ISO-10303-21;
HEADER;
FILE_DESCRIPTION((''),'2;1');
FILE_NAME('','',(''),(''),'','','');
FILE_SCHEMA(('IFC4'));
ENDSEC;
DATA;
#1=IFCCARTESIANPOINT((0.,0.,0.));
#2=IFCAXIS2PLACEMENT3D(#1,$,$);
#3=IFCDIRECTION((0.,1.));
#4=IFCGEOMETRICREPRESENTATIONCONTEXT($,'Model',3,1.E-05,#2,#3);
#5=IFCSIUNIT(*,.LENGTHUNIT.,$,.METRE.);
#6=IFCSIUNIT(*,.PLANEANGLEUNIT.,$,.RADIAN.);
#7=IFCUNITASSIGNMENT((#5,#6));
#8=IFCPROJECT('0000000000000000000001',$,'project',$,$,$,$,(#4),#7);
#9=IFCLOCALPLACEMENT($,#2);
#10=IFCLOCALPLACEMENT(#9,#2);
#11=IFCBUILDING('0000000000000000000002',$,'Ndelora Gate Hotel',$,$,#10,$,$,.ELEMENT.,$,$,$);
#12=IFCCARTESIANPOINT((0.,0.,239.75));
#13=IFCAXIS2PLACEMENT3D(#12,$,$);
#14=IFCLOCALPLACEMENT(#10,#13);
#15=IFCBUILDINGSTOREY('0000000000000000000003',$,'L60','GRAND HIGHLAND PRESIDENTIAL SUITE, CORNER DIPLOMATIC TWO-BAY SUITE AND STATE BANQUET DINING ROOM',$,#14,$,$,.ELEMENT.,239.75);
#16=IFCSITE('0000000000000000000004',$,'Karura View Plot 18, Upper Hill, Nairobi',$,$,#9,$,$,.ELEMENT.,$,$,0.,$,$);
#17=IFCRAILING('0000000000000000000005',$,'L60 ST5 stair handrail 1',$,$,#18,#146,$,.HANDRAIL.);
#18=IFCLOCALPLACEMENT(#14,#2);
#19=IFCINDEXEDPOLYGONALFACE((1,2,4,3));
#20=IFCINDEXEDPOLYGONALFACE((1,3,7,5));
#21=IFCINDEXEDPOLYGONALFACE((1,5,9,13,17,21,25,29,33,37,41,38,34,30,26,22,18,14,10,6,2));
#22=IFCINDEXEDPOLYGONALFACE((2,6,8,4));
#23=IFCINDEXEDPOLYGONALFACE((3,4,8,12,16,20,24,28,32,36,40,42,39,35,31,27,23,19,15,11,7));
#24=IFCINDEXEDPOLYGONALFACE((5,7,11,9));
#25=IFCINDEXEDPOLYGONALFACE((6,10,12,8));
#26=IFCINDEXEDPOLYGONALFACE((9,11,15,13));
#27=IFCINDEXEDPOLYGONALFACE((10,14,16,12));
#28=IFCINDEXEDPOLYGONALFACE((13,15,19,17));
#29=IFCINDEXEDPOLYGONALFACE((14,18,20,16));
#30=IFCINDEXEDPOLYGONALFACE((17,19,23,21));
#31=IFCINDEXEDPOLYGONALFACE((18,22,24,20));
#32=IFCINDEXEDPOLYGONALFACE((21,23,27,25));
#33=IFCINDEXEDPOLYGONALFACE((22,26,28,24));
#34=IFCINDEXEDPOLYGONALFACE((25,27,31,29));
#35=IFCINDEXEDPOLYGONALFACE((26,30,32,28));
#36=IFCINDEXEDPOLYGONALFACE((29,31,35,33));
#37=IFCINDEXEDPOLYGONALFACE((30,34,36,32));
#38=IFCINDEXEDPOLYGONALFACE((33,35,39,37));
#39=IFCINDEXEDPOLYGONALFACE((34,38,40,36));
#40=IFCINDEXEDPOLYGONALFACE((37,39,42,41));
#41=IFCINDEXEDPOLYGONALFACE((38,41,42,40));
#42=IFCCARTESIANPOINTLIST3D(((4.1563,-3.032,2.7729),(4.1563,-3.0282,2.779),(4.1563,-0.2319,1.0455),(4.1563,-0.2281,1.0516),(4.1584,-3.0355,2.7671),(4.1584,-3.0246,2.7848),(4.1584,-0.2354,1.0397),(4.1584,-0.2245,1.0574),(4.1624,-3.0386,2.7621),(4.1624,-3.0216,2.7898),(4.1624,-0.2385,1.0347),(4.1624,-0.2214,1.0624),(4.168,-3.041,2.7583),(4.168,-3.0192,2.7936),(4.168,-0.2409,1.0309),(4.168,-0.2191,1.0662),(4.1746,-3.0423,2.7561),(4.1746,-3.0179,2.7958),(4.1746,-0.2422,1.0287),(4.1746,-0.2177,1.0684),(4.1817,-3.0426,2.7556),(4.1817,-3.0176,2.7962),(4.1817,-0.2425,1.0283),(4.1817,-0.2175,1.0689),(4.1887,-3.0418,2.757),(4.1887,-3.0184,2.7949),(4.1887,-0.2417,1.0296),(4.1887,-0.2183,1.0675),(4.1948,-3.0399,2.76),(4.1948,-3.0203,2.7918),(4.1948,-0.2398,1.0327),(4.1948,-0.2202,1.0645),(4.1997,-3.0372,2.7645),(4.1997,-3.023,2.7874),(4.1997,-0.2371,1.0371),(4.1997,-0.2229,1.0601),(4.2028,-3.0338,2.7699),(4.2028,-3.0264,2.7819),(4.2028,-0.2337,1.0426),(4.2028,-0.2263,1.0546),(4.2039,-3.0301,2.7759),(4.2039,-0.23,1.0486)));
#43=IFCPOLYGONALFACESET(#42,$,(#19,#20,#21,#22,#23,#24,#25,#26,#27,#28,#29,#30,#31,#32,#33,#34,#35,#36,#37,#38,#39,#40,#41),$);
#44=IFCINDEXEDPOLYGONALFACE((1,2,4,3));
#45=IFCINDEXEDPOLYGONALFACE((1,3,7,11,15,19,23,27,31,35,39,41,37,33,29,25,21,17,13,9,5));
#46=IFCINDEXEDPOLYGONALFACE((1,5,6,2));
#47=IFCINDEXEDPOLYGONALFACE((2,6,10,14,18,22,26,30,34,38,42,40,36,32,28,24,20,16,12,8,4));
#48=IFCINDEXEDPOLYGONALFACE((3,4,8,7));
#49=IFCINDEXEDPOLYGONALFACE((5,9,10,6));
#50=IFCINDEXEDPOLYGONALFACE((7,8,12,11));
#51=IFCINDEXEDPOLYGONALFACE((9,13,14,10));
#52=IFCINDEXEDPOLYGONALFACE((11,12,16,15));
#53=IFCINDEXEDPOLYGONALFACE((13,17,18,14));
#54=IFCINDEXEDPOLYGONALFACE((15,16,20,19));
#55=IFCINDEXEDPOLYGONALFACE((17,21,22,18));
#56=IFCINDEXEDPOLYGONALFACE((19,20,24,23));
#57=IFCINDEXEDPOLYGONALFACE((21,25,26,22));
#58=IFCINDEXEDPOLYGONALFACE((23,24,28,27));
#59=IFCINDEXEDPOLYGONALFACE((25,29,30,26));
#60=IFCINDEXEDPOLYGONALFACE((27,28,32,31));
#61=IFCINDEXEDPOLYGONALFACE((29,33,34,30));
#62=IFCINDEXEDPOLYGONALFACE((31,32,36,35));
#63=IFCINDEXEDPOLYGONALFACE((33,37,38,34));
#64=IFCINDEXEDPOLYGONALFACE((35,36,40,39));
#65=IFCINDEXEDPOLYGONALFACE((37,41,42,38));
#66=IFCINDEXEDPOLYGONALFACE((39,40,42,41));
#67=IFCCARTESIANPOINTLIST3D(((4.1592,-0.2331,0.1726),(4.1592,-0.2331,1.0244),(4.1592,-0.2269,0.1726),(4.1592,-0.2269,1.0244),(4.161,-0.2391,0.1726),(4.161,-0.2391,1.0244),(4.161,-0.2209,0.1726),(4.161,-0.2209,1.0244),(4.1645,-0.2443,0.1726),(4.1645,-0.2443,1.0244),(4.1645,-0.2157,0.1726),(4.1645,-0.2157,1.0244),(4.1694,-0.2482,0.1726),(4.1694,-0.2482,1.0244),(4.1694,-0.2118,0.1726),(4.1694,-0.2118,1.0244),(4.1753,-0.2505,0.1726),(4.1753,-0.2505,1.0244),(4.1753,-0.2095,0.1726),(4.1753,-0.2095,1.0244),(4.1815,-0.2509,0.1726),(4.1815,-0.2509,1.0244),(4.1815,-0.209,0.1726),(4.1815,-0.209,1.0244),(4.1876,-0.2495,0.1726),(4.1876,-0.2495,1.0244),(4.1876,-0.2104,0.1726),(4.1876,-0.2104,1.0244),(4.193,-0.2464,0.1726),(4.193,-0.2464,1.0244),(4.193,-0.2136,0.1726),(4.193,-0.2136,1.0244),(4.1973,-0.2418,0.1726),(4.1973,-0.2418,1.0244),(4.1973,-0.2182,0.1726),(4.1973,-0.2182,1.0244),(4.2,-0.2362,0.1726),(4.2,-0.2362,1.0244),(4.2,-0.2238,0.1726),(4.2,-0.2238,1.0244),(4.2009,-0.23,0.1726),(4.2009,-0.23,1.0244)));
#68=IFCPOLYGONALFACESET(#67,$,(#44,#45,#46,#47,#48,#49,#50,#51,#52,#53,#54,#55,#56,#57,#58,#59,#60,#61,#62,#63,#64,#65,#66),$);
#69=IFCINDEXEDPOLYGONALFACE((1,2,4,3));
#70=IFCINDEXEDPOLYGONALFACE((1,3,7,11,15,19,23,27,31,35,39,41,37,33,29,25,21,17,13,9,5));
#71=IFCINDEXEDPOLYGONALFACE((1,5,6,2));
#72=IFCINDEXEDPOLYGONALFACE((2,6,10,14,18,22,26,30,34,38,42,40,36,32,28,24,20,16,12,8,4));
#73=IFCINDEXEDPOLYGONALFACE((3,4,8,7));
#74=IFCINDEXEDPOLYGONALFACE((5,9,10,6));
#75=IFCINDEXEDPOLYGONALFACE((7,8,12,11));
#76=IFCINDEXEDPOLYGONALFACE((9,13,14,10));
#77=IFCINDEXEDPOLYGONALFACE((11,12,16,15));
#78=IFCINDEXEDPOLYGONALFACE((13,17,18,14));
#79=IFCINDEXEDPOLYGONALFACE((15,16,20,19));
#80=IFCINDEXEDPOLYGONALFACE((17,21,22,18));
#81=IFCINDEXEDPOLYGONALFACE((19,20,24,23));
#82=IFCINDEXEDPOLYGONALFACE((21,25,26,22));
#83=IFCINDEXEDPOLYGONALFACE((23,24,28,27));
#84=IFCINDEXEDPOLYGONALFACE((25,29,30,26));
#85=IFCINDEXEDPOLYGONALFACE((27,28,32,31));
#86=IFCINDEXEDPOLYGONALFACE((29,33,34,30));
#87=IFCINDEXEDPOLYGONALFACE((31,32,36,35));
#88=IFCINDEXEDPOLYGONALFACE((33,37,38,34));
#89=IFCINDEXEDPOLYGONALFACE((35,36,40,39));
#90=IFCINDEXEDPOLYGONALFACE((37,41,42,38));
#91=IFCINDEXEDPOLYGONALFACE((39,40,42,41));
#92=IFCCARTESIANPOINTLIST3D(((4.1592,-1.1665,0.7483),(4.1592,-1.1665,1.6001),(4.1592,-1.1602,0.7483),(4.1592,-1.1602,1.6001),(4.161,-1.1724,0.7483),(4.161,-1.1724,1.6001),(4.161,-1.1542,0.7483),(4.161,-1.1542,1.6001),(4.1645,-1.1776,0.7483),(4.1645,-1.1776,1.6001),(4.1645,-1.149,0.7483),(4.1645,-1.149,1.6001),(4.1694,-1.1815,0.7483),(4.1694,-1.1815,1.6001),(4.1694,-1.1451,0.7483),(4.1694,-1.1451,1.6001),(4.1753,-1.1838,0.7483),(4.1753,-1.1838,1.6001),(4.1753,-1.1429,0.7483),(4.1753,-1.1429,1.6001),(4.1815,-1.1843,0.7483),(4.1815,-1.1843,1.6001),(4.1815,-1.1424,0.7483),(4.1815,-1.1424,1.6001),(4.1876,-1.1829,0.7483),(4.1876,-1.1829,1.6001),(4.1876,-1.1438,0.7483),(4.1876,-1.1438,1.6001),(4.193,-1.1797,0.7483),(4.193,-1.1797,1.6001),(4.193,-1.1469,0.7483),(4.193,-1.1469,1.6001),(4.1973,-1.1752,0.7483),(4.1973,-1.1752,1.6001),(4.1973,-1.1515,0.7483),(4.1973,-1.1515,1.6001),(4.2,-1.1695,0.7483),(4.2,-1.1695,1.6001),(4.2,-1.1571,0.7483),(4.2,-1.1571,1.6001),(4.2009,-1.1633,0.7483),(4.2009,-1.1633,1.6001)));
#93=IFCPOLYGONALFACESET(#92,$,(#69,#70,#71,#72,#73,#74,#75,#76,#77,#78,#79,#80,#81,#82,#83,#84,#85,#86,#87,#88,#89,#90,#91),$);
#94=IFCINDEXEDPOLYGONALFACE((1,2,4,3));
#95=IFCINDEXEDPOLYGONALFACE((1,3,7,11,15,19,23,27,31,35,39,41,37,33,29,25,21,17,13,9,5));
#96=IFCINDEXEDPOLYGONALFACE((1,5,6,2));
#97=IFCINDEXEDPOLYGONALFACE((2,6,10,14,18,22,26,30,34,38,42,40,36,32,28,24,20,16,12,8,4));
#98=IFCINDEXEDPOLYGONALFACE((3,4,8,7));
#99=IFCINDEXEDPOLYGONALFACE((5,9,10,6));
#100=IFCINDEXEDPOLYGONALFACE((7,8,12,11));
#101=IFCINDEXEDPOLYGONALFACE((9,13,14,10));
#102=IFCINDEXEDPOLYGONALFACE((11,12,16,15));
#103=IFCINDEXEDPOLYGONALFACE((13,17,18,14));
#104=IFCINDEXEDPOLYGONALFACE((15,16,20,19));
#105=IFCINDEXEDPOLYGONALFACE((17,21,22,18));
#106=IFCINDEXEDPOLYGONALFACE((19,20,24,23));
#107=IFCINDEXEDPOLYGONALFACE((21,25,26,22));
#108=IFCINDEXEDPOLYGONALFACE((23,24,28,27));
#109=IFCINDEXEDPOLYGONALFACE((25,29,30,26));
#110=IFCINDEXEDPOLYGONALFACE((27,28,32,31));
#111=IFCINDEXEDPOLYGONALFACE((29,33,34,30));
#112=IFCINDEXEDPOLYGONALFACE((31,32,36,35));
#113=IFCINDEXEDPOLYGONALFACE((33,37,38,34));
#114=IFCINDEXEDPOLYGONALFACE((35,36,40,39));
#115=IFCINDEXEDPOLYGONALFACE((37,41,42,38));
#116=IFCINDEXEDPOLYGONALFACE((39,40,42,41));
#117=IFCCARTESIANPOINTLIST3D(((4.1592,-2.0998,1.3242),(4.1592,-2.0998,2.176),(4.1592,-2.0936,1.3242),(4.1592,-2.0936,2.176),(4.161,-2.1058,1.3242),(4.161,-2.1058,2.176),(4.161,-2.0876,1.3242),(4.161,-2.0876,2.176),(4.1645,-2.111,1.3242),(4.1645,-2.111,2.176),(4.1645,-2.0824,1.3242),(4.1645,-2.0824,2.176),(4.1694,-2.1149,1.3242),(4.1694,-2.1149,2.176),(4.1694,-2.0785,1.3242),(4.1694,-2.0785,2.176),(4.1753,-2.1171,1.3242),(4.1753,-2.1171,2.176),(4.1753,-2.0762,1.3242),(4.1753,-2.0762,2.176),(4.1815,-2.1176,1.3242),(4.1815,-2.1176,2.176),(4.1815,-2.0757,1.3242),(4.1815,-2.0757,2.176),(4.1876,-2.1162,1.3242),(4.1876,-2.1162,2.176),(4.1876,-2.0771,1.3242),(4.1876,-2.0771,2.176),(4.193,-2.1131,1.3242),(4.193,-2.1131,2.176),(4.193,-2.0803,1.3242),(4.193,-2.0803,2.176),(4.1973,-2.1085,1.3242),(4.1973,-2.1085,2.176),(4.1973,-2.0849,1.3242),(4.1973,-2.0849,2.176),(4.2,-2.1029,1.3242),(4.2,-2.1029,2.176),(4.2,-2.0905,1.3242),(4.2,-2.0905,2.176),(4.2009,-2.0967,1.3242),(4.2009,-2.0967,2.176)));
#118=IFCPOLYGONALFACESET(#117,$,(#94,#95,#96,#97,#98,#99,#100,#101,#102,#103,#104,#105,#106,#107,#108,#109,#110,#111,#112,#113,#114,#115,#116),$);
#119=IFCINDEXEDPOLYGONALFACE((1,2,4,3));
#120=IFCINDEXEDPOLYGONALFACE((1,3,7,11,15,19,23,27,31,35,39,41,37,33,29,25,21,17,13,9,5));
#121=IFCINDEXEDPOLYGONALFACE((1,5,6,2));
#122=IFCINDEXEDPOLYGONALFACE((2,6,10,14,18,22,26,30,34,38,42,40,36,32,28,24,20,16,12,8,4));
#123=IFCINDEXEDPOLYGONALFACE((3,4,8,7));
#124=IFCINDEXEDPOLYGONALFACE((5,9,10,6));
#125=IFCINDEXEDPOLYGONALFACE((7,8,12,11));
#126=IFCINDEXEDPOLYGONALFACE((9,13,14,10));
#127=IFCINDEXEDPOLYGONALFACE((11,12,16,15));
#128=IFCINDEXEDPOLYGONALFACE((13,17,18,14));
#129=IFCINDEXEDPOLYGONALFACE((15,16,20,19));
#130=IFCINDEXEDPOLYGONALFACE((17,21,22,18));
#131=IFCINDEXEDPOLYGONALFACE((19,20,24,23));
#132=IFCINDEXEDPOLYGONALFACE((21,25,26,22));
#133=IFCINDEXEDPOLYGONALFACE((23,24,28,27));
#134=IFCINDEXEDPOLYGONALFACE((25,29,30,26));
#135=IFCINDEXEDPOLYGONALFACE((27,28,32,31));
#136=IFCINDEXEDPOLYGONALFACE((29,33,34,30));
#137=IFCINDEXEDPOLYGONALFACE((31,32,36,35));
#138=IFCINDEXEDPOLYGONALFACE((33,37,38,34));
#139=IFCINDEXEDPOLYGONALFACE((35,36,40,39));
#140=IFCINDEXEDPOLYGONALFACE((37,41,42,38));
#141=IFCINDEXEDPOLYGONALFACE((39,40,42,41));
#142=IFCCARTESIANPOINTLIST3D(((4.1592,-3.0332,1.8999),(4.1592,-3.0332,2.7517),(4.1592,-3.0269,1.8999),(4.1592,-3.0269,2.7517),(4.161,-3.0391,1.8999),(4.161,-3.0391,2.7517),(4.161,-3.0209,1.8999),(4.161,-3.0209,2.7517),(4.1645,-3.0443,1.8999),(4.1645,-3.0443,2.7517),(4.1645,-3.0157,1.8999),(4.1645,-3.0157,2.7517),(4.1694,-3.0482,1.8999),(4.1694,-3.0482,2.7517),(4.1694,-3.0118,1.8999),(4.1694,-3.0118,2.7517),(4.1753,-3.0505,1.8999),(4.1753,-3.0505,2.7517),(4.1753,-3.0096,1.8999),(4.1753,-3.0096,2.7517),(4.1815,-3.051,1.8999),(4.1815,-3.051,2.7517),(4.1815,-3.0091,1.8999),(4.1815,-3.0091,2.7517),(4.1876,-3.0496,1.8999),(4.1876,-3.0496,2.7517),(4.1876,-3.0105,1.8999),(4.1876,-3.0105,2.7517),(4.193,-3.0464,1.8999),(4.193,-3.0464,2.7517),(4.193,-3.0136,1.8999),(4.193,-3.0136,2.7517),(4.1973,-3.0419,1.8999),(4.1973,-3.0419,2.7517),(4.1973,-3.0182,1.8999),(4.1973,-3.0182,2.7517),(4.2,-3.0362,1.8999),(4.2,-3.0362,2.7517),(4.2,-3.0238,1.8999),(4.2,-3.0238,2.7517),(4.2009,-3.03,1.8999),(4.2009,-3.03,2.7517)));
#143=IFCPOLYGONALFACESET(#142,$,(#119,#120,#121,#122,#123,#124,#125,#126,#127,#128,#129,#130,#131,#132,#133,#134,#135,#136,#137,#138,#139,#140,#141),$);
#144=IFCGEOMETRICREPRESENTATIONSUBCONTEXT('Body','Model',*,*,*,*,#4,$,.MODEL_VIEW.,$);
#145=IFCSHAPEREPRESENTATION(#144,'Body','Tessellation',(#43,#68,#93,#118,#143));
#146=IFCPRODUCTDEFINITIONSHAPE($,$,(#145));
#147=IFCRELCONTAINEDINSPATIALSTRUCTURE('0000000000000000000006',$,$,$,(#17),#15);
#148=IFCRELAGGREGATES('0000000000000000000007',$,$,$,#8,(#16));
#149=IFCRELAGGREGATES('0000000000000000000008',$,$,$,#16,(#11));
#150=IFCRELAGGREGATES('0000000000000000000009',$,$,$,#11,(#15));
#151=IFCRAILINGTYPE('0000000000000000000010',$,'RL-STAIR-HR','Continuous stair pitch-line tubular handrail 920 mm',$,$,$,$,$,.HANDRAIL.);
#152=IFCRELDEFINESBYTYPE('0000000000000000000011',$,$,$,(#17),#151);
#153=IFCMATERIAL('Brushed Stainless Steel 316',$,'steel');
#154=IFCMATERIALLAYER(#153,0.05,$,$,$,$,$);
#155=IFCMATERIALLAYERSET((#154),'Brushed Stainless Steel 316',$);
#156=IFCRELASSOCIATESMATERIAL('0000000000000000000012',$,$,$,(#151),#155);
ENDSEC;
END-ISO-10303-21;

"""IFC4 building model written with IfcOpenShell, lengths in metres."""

from ifc_helpers import new_model, si_unit, direction, frame, origin, origin_2d, place, context, subcontext, project, spatial, circle, extrude, material, layer, layer_set, type_object, element, save


model = new_model("IFC4")

# Units and contexts
model_context = context("Model", 3, precision=1e-05, world=origin(), true_north=direction((0.0, 1.0)))
body_context = subcontext(model_context, "Body", "Model", "MODEL_VIEW")
ifc_project = project(units=[si_unit("LENGTHUNIT", "METRE"), si_unit("PLANEANGLEUNIT", "RADIAN")], contexts=[model_context])

# Site, building, storey
site_placement = place(None, origin())
site = spatial("IfcSite", under=ifc_project, at=site_placement, Name="Karura View Plot 18, Upper Hill, Nairobi", CompositionType="ELEMENT", RefElevation=0.0)
building_placement = place(site_placement, origin())
building = spatial("IfcBuilding", under=site, at=building_placement, Name="Ndelora Gate Hotel", CompositionType="ELEMENT")
storey_placement = place(building_placement, frame((0.0, 0.0, 239.75)))
storey = spatial("IfcBuildingStorey", under=building, at=storey_placement, Name="L60", Description="GRAND HIGHLAND PRESIDENTIAL SUITE, CORNER DIPLOMATIC TWO-BAY SUITE AND STATE BANQUET DINING ROOM", CompositionType="ELEMENT", Elevation=239.75)

# Railing
ifc_material_1 = material(Name="Brushed Stainless Steel 316", Category="steel")
ifc_layer_1 = layer(ifc_material_1, 0.05)
ifc_layer_set_1 = layer_set([ifc_layer_1], Name="Brushed Stainless Steel 316")
railing_type_1 = type_object("IfcRailingType", Name="RL-STAIR-HR", Description="Continuous stair pitch-line tubular handrail 920 mm", PredefinedType="HANDRAIL", material=ifc_layer_set_1)
railing_1_placement = place(storey_placement, frame((4.1799, -0.23, 0.1726)))
element("IfcRailing", 1, at=railing_1_placement, inside=storey, type_object=railing_type_1, Name="L60 ST5 stair handrail 1", PredefinedType="HANDRAIL", context=body_context, shape_type="SweptSolid", body=[
    extrude(circle(Radius=0.0239, at=origin_2d()), frame((0.0, 0.0, 0.876), z_axis=(0.0, -0.85109, 0.52502), x_axis=(1.0, 0.0, 0.0)), (0.0, 0.0, 1.0), 3.29),
    extrude(circle(Radius=0.021, at=origin_2d()), origin(), (0.0, 0.0, 1.0), 0.8518),
    extrude(circle(Radius=0.021, at=origin_2d()), frame((0.0, -0.9333, 0.5757)), (0.0, 0.0, 1.0), 0.8518),
    extrude(circle(Radius=0.021, at=origin_2d()), frame((0.0, -1.8667, 1.1516)), (0.0, 0.0, 1.0), 0.8518),
    extrude(circle(Radius=0.021, at=origin_2d()), frame((0.0, -2.8, 1.7273)), (0.0, 0.0, 1.0), 0.8518),
])

save(model, "model.ifc")
